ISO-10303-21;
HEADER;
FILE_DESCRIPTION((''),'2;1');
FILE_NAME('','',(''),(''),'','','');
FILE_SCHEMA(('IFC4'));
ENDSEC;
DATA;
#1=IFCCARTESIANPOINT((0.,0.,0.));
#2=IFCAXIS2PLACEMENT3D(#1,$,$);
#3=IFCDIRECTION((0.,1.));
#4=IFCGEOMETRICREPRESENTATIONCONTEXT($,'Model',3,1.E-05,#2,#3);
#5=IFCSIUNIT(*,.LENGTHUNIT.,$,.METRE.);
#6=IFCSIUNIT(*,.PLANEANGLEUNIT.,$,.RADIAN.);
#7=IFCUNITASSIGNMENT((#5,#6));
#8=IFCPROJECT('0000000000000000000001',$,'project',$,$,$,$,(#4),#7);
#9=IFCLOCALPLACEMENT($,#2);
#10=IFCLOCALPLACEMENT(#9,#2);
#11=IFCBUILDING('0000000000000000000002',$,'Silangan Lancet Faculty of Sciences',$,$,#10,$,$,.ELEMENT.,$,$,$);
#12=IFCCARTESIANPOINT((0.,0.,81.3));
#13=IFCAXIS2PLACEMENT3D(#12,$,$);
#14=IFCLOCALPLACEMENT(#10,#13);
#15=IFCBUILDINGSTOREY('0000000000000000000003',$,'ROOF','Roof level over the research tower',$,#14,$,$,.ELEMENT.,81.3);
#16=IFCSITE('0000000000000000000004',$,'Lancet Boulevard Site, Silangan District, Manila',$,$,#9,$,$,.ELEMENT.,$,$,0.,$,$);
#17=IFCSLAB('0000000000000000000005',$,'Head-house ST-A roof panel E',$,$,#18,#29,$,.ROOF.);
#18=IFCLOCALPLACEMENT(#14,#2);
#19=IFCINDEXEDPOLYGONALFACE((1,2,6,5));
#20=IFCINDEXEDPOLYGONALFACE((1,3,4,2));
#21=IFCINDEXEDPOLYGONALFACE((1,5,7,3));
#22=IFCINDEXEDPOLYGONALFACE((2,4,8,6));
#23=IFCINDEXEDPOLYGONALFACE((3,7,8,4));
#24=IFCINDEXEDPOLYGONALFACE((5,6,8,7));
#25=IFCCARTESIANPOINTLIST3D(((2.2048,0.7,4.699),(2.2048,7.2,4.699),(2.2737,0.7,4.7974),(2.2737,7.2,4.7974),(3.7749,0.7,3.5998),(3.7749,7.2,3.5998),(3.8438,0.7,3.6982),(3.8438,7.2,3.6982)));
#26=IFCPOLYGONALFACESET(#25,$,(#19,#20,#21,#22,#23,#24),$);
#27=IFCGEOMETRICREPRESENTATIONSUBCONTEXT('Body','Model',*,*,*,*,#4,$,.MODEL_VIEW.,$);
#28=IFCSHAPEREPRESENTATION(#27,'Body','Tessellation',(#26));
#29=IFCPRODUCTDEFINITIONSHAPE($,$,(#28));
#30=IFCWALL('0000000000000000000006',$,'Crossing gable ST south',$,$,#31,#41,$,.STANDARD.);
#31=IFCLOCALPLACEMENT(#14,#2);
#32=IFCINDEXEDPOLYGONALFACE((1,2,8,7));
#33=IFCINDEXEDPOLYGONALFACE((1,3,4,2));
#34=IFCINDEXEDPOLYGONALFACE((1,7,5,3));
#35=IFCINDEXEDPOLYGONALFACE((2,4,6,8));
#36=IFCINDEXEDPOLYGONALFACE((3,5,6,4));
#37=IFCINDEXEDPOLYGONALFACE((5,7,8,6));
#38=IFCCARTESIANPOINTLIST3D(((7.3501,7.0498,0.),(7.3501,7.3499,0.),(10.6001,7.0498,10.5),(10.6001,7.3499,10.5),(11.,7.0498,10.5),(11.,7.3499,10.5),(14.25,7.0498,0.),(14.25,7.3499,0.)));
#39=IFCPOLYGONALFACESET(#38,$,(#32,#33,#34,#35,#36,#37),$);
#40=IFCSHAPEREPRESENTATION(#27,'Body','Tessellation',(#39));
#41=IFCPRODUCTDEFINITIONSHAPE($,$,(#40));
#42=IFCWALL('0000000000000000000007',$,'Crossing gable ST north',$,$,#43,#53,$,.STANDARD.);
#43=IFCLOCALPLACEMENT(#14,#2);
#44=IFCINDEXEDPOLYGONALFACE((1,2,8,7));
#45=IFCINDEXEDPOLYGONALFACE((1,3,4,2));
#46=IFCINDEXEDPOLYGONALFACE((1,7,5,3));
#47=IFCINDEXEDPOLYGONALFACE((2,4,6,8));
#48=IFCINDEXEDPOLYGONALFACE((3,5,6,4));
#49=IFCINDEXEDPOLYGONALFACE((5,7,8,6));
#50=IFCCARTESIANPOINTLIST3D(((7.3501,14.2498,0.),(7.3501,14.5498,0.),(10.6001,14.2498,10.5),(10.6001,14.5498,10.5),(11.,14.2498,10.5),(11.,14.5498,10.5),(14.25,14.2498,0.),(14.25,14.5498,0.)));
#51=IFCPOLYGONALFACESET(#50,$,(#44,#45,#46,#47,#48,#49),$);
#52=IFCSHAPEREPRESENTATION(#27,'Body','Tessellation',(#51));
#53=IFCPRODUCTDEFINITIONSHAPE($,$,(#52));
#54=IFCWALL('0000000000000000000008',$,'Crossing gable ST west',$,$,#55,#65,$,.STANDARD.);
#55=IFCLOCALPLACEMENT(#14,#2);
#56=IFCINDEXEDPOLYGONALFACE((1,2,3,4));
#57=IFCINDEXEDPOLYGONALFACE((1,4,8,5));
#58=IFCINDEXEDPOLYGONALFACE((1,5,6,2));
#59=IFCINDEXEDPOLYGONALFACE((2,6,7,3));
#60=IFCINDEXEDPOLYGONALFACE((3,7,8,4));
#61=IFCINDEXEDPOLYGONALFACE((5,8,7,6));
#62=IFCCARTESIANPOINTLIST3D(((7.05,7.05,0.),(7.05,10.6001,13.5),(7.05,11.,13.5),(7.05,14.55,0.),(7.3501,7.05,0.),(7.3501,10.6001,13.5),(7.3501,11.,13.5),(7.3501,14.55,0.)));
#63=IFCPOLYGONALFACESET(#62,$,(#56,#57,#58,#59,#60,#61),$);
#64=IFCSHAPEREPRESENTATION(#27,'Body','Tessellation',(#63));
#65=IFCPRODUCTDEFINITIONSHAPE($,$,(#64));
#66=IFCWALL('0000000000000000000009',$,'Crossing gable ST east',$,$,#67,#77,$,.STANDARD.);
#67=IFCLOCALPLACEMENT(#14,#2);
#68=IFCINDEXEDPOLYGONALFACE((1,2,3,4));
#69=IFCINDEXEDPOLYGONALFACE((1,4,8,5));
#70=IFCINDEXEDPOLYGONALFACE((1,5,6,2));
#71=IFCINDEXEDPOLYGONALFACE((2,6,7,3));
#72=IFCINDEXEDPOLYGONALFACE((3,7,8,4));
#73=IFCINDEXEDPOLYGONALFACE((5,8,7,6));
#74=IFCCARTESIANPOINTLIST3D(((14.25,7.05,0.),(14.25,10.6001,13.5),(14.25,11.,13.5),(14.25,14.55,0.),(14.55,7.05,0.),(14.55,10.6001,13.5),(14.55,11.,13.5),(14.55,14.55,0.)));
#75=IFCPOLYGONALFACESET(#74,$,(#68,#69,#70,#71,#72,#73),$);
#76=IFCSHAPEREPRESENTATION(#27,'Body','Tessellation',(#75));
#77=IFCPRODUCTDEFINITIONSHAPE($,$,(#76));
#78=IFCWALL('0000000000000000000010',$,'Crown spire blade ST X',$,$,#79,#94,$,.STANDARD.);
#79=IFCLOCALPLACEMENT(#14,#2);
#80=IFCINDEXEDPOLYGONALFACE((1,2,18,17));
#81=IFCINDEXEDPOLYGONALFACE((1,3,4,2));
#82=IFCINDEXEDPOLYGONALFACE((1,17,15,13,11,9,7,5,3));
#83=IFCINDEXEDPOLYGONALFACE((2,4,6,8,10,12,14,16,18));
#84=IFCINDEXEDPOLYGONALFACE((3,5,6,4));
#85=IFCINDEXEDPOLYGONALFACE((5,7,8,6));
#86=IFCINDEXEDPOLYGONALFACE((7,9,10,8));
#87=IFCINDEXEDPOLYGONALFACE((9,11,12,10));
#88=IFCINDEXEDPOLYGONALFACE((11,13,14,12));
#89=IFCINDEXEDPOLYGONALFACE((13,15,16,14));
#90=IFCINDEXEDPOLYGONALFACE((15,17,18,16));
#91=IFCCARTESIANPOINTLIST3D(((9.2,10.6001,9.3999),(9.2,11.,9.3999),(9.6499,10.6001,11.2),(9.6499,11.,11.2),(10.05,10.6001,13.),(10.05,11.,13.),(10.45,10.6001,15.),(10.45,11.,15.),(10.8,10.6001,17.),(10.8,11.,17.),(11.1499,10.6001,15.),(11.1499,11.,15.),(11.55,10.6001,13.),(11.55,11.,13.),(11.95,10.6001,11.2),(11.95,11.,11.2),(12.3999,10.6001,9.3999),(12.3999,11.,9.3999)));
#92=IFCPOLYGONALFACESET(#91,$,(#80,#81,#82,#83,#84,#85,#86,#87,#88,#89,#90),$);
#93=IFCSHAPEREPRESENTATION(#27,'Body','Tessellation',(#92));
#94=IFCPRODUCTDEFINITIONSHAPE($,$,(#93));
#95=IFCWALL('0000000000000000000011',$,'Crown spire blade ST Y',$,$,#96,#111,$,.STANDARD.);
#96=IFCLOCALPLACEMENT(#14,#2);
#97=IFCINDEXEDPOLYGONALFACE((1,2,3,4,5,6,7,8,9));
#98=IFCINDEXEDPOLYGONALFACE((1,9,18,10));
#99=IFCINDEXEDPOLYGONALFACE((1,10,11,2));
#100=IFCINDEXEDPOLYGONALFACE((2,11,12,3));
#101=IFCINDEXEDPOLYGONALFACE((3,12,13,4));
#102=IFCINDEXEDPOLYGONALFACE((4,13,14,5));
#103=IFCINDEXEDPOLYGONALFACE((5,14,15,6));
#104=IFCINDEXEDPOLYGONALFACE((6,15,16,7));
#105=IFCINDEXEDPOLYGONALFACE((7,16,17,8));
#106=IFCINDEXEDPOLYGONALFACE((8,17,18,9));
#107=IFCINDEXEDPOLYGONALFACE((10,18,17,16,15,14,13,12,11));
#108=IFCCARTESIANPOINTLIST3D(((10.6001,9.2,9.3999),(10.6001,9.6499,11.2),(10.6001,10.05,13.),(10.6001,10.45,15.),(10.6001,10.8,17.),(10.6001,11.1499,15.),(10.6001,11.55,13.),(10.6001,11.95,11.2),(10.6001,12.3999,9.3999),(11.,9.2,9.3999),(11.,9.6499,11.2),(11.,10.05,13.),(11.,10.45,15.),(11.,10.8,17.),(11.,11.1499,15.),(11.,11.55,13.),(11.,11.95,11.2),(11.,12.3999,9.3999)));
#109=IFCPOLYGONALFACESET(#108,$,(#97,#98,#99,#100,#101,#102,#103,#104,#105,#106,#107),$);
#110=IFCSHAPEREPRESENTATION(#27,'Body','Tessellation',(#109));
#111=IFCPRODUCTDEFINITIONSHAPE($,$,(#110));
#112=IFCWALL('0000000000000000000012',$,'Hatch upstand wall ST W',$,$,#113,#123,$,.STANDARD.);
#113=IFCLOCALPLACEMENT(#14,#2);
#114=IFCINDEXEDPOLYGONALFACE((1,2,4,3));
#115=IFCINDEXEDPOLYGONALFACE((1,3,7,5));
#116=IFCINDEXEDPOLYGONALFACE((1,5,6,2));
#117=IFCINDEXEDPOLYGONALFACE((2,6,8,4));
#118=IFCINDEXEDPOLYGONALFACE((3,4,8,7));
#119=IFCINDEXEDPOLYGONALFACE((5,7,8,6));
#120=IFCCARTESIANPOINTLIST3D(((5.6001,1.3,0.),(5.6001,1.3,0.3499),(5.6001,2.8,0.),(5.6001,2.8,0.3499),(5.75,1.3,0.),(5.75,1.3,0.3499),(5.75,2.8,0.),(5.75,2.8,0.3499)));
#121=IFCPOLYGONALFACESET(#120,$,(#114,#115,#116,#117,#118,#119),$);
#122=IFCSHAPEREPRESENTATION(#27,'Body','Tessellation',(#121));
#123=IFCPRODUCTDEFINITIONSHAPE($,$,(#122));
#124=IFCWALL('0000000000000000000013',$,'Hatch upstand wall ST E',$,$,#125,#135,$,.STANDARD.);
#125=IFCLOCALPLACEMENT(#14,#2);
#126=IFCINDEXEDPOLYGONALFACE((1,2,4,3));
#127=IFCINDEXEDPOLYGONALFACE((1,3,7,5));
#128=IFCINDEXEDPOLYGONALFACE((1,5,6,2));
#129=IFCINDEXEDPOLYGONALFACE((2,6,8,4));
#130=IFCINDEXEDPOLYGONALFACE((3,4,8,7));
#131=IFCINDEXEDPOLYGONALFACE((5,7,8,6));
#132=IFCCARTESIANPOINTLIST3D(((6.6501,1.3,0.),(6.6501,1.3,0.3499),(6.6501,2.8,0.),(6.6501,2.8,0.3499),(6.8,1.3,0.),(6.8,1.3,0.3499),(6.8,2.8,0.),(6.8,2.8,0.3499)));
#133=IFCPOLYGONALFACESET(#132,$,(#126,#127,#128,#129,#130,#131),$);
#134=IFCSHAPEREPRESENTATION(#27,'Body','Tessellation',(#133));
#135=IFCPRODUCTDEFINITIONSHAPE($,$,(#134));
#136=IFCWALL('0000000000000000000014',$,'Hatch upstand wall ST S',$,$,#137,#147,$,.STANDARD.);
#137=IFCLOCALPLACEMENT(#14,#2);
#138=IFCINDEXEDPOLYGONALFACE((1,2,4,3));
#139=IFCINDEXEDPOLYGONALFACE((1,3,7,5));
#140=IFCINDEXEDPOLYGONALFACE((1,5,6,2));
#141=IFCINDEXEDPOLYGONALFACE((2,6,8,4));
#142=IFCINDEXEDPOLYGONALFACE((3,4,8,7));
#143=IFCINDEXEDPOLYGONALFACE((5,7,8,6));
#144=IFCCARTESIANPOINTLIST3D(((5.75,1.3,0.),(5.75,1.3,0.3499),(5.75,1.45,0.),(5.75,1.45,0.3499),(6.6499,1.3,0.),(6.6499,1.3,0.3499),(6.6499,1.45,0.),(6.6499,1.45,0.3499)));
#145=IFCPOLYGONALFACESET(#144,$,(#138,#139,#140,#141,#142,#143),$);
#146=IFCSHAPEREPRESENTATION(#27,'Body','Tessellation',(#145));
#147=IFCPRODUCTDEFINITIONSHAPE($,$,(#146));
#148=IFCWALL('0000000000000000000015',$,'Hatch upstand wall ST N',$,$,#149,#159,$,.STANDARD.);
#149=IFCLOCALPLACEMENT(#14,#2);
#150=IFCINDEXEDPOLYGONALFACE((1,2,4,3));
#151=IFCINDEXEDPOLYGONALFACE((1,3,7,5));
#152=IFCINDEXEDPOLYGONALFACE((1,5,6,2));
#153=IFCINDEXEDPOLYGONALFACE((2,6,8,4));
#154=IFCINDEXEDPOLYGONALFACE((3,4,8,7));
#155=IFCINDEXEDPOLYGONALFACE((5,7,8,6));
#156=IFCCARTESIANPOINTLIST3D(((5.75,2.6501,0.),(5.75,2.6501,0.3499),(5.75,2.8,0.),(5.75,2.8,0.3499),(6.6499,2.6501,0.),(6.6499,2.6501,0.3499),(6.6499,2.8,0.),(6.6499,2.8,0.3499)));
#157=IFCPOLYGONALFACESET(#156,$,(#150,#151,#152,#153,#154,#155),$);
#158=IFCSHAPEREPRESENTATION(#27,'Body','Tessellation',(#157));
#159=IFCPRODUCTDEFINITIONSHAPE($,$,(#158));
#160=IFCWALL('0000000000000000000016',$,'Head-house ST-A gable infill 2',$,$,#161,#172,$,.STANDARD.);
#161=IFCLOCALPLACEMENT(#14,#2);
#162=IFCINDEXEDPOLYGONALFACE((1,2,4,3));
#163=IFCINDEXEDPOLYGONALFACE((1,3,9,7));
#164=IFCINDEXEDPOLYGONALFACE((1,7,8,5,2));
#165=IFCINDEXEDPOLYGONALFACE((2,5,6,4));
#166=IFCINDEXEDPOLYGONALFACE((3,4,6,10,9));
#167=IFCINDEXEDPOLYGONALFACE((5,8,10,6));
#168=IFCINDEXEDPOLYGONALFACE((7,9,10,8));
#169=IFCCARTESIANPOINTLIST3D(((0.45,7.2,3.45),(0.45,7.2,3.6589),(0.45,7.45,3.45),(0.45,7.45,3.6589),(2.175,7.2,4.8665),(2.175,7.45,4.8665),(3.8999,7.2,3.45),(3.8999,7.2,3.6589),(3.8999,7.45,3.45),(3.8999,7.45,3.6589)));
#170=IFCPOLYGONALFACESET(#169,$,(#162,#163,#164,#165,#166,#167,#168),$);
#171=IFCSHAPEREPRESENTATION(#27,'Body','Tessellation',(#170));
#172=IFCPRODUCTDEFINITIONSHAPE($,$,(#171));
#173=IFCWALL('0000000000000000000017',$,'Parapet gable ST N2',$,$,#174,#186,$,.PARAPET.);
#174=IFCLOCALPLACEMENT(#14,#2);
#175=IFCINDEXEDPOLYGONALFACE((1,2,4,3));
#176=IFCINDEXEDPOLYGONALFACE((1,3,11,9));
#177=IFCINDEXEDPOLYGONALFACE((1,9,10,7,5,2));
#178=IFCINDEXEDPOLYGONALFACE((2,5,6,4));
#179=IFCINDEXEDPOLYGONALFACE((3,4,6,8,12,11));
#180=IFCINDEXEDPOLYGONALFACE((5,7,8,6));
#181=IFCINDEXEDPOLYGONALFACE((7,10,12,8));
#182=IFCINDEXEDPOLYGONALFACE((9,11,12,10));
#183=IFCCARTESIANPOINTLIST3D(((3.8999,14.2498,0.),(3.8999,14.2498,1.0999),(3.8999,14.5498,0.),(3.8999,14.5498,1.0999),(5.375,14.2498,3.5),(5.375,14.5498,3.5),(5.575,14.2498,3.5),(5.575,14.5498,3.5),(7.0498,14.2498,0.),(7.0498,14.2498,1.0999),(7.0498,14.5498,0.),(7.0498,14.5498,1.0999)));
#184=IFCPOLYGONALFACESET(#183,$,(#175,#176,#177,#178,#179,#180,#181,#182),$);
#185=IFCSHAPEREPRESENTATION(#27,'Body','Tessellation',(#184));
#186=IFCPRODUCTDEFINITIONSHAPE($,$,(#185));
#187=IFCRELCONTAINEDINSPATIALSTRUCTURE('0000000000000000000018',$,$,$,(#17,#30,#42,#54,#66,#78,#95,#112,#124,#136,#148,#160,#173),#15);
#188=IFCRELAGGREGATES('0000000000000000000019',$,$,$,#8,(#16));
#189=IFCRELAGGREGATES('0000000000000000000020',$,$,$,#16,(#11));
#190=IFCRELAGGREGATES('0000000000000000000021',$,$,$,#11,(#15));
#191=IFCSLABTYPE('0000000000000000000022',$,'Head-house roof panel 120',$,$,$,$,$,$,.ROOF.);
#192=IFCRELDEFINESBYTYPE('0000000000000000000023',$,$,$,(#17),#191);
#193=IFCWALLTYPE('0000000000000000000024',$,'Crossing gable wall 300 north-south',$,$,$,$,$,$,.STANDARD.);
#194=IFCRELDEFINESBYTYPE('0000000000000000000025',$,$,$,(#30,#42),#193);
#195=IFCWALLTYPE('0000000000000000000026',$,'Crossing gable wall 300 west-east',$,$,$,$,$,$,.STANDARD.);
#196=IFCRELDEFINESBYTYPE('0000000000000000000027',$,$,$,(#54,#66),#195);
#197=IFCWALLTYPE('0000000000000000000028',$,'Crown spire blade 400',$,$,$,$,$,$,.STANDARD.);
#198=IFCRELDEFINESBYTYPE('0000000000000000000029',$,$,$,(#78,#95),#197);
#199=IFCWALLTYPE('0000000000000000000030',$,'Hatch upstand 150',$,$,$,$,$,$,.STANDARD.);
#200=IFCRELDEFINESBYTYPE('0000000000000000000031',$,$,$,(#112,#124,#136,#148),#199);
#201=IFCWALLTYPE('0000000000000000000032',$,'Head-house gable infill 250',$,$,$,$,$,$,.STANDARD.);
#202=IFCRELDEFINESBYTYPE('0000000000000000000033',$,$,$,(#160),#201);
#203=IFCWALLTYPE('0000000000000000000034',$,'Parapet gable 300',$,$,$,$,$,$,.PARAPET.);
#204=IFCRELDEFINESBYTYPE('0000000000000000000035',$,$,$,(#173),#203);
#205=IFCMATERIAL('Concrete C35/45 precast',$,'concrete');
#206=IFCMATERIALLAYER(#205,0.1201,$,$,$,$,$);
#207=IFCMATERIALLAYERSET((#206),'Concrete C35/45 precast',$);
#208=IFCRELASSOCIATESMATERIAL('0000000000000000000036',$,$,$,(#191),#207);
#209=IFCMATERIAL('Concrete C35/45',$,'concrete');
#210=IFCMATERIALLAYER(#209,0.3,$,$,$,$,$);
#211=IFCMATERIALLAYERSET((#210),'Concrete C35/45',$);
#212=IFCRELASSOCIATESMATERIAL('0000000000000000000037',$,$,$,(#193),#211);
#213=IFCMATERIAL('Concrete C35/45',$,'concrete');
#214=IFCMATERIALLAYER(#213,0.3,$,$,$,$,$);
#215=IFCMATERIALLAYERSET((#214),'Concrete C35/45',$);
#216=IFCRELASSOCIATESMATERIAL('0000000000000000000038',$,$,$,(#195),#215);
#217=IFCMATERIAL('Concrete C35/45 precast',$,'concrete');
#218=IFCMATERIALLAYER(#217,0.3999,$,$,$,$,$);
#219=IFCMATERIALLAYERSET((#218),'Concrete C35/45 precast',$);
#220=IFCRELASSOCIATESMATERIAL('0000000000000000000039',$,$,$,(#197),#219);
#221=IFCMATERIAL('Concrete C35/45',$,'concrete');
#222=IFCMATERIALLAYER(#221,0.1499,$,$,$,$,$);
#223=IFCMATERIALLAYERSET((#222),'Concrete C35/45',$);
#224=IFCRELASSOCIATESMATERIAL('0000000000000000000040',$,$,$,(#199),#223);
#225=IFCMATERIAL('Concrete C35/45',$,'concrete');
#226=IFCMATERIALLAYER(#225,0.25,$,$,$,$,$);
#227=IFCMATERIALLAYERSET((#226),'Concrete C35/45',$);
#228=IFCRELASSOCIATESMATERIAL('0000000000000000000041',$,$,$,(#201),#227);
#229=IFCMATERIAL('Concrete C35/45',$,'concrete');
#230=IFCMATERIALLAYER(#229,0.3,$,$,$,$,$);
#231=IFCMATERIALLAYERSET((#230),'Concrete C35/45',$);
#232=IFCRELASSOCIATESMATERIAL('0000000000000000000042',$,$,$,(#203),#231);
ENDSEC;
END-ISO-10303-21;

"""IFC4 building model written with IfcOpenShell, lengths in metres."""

from ifc_helpers import new_model, si_unit, direction, frame, frame_2d, origin, place, context, subcontext, project, spatial, polyline, rectangle, outline, extrude, material, layer, layer_set, type_object, element, save


model = new_model("IFC4")

# Units and contexts
model_context = context("Model", 3, precision=1e-05, world=origin(), true_north=direction((0.0, 1.0)))
body_context = subcontext(model_context, "Body", "Model", "MODEL_VIEW")
ifc_project = project(units=[si_unit("LENGTHUNIT", "METRE"), si_unit("PLANEANGLEUNIT", "RADIAN")], contexts=[model_context])

# Site, building, storey
site_placement = place(None, origin())
site = spatial("IfcSite", under=ifc_project, at=site_placement, Name="Lancet Boulevard Site, Silangan District, Manila", CompositionType="ELEMENT", RefElevation=0.0)
building_placement = place(site_placement, origin())
building = spatial("IfcBuilding", under=site, at=building_placement, Name="Silangan Lancet Faculty of Sciences", CompositionType="ELEMENT")
storey_placement = place(building_placement, frame((0.0, 0.0, 81.3)))
storey = spatial("IfcBuildingStorey", under=building, at=storey_placement, Name="ROOF", Description="Roof level over the research tower", CompositionType="ELEMENT", Elevation=81.3)

# Slab
ifc_material_1 = material(Name="Concrete C35/45 precast", Category="concrete")
ifc_layer_1 = layer(ifc_material_1, 0.1201)
ifc_layer_set_1 = layer_set([ifc_layer_1], Name="Concrete C35/45 precast")
slab_type = type_object("IfcSlabType", Name="Head-house roof panel 120", PredefinedType="ROOF", material=ifc_layer_set_1)
slab_placement = place(storey_placement, frame((3.8438, 0.7, 3.6982), z_axis=(0.573488, 0.0, 0.819214), x_axis=(0.0, 1.0, 0.0)))
element("IfcSlab", 1, at=slab_placement, inside=storey, type_object=slab_type, Name="Head-house ST-A roof panel E", PredefinedType="ROOF", context=body_context, shape_type="SweptSolid", body=[
    extrude(outline(polyline([(0.0, 0.0), (6.5, 0.0), (6.5, 1.9166), (0.0, 1.9166), (0.0, 0.0)])), origin(), (0.0, 0.0, -1.0), 0.1201),
])

# Walls
ifc_material_2 = material(Name="Concrete C35/45", Category="concrete")
ifc_layer_2 = layer(ifc_material_2, 0.3)
ifc_layer_set_2 = layer_set([ifc_layer_2], Name="Concrete C35/45")
wall_type_1 = type_object("IfcWallType", Name="Crossing gable wall 300 north-south", PredefinedType="STANDARD", material=ifc_layer_set_2)
for number, where, z_axis, x_axis, name in (
    (2, (7.3501, 7.2, 0.0), (0.0, 0.0, 1.0), (1.0, 0.0, 0.0), "Crossing gable ST south"),
    (3, (7.3501, 14.3999, 0.0), (0.0, 0.0, 1.0), (1.0, 0.0, 0.0), "Crossing gable ST north"),
):
    element("IfcWall", number, at=place(storey_placement, frame(where, z_axis=z_axis, x_axis=x_axis)), inside=storey, type_object=wall_type_1, Name=name, PredefinedType="STANDARD", context=body_context, shape_type="SweptSolid", body=[
        extrude(outline(polyline([(0.0, 0.0), (6.8999, 0.0), (3.6499, 10.5), (3.25, 10.5), (0.0, 0.0)])), frame((0.0, 0.1499, 0.0), z_axis=(0.0, -1.0, 0.0), x_axis=(1.0, 0.0, 0.0)), (0.0, 0.0, 1.0), 0.3),
    ])
ifc_material_3 = material(Name="Concrete C35/45", Category="concrete")
ifc_layer_3 = layer(ifc_material_3, 0.3)
ifc_layer_set_3 = layer_set([ifc_layer_3], Name="Concrete C35/45")
wall_type_2 = type_object("IfcWallType", Name="Crossing gable wall 300 west-east", PredefinedType="STANDARD", material=ifc_layer_set_3)
for number, where, z_axis, x_axis, name in (
    (4, (7.2, 7.05, 0.0), (0.0, 0.0, 1.0), (0.0, 1.0, 0.0), "Crossing gable ST west"),
    (5, (14.3999, 7.05, 0.0), (0.0, 0.0, 1.0), (0.0, 1.0, 0.0), "Crossing gable ST east"),
):
    element("IfcWall", number, at=place(storey_placement, frame(where, z_axis=z_axis, x_axis=x_axis)), inside=storey, type_object=wall_type_2, Name=name, PredefinedType="STANDARD", context=body_context, shape_type="SweptSolid", body=[
        extrude(outline(polyline([(0.0, 0.0), (7.5, 0.0), (3.95, 13.5), (3.55, 13.5), (0.0, 0.0)])), frame((0.0, 0.1499, 0.0), z_axis=(0.0, -1.0, 0.0), x_axis=(1.0, 0.0, 0.0)), (0.0, 0.0, 1.0), 0.3),
    ])
ifc_material_4 = material(Name="Concrete C35/45 precast", Category="concrete")
ifc_layer_4 = layer(ifc_material_4, 0.3999)
ifc_layer_set_4 = layer_set([ifc_layer_4], Name="Concrete C35/45 precast")
wall_type_3 = type_object("IfcWallType", Name="Crown spire blade 400", PredefinedType="STANDARD", material=ifc_layer_set_4)
for number, where, z_axis, x_axis, name in (
    (6, (9.2, 10.8, 9.3999), (0.0, 0.0, 1.0), (1.0, 0.0, 0.0), "Crown spire blade ST X"),
    (7, (10.8, 9.2, 9.3999), (0.0, 0.0, 1.0), (0.0, 1.0, 0.0), "Crown spire blade ST Y"),
):
    element("IfcWall", number, at=place(storey_placement, frame(where, z_axis=z_axis, x_axis=x_axis)), inside=storey, type_object=wall_type_3, Name=name, PredefinedType="STANDARD", context=body_context, shape_type="SweptSolid", body=[
        extrude(outline(polyline([(0.0, 0.0), (3.2, 0.0), (2.75, 1.8), (2.3501, 3.6001), (1.95, 5.6001), (1.6001, 7.6001), (1.25, 5.6001), (0.8501, 3.6001), (0.45, 1.8), (0.0, 0.0)])), frame((0.0, 0.2, 0.0), z_axis=(0.0, -1.0, 0.0), x_axis=(1.0, 0.0, 0.0)), (0.0, 0.0, 1.0), 0.3999),
    ])
ifc_material_5 = material(Name="Concrete C35/45", Category="concrete")
ifc_layer_5 = layer(ifc_material_5, 0.1499)
ifc_layer_set_5 = layer_set([ifc_layer_5], Name="Concrete C35/45")
wall_type_4 = type_object("IfcWallType", Name="Hatch upstand 150", PredefinedType="STANDARD", material=ifc_layer_set_5)
for number, where, z_axis, x_axis, name in (
    (8, (5.675, 1.3, 0.0), (0.0, 0.0, 1.0), (0.0, 1.0, 0.0), "Hatch upstand wall ST W"),
    (9, (6.7251, 1.3, 0.0), (0.0, 0.0, 1.0), (0.0, 1.0, 0.0), "Hatch upstand wall ST E"),
):
    element("IfcWall", number, at=place(storey_placement, frame(where, z_axis=z_axis, x_axis=x_axis)), inside=storey, type_object=wall_type_4, Name=name, PredefinedType="STANDARD", context=body_context, shape_type="SweptSolid", body=[
        extrude(rectangle(XDim=1.5, YDim=0.1499, at=frame_2d((0.75, 0.0))), origin(), (0.0, 0.0, 1.0), 0.3499),
    ])
for number, where, z_axis, x_axis, name in (
    (10, (5.75, 1.375, 0.0), (0.0, 0.0, 1.0), (1.0, 0.0, 0.0), "Hatch upstand wall ST S"),
    (11, (5.75, 2.7251, 0.0), (0.0, 0.0, 1.0), (1.0, 0.0, 0.0), "Hatch upstand wall ST N"),
):
    element("IfcWall", number, at=place(storey_placement, frame(where, z_axis=z_axis, x_axis=x_axis)), inside=storey, type_object=wall_type_4, Name=name, PredefinedType="STANDARD", context=body_context, shape_type="SweptSolid", body=[
        extrude(rectangle(XDim=0.8999, YDim=0.1499, at=frame_2d((0.45, 0.0))), origin(), (0.0, 0.0, 1.0), 0.3499),
    ])
ifc_material_6 = material(Name="Concrete C35/45", Category="concrete")
ifc_layer_6 = layer(ifc_material_6, 0.25)
ifc_layer_set_6 = layer_set([ifc_layer_6], Name="Concrete C35/45")
wall_type_5 = type_object("IfcWallType", Name="Head-house gable infill 250", PredefinedType="STANDARD", material=ifc_layer_set_6)
wall_1_placement = place(storey_placement, frame((0.45, 7.325, 3.45), z_axis=(0.0, 0.0, 1.0), x_axis=(1.0, 0.0, 0.0)))
element("IfcWall", 12, at=wall_1_placement, inside=storey, type_object=wall_type_5, Name="Head-house ST-A gable infill 2", PredefinedType="STANDARD", context=body_context, shape_type="SweptSolid", body=[
    extrude(outline(polyline([(0.0, 0.0), (3.45, 0.0), (3.45, 0.209), (1.7251, 1.4165), (0.0, 0.209), (0.0, 0.0)])), frame((0.0, 0.125, 0.0), z_axis=(0.0, -1.0, 0.0), x_axis=(1.0, 0.0, 0.0)), (0.0, 0.0, 1.0), 0.25),
])
ifc_material_7 = material(Name="Concrete C35/45", Category="concrete")
ifc_layer_7 = layer(ifc_material_7, 0.3)
ifc_layer_set_7 = layer_set([ifc_layer_7], Name="Concrete C35/45")
wall_type_6 = type_object("IfcWallType", Name="Parapet gable 300", PredefinedType="PARAPET", material=ifc_layer_set_7)
wall_2_placement = place(storey_placement, frame((3.8999, 14.3999, 0.0), z_axis=(0.0, 0.0, 1.0), x_axis=(1.0, 0.0, 0.0)))
element("IfcWall", 13, at=wall_2_placement, inside=storey, type_object=wall_type_6, Name="Parapet gable ST N2", PredefinedType="PARAPET", context=body_context, shape_type="SweptSolid", body=[
    extrude(outline(polyline([(0.0, 0.0), (3.1499, 0.0), (3.1499, 1.0999), (1.675, 3.5), (1.4751, 3.5), (0.0, 1.0999), (0.0, 0.0)])), frame((0.0, 0.1499, 0.0), z_axis=(0.0, -1.0, 0.0), x_axis=(1.0, 0.0, 0.0)), (0.0, 0.0, 1.0), 0.3),
])

save(model, "model.ifc")
